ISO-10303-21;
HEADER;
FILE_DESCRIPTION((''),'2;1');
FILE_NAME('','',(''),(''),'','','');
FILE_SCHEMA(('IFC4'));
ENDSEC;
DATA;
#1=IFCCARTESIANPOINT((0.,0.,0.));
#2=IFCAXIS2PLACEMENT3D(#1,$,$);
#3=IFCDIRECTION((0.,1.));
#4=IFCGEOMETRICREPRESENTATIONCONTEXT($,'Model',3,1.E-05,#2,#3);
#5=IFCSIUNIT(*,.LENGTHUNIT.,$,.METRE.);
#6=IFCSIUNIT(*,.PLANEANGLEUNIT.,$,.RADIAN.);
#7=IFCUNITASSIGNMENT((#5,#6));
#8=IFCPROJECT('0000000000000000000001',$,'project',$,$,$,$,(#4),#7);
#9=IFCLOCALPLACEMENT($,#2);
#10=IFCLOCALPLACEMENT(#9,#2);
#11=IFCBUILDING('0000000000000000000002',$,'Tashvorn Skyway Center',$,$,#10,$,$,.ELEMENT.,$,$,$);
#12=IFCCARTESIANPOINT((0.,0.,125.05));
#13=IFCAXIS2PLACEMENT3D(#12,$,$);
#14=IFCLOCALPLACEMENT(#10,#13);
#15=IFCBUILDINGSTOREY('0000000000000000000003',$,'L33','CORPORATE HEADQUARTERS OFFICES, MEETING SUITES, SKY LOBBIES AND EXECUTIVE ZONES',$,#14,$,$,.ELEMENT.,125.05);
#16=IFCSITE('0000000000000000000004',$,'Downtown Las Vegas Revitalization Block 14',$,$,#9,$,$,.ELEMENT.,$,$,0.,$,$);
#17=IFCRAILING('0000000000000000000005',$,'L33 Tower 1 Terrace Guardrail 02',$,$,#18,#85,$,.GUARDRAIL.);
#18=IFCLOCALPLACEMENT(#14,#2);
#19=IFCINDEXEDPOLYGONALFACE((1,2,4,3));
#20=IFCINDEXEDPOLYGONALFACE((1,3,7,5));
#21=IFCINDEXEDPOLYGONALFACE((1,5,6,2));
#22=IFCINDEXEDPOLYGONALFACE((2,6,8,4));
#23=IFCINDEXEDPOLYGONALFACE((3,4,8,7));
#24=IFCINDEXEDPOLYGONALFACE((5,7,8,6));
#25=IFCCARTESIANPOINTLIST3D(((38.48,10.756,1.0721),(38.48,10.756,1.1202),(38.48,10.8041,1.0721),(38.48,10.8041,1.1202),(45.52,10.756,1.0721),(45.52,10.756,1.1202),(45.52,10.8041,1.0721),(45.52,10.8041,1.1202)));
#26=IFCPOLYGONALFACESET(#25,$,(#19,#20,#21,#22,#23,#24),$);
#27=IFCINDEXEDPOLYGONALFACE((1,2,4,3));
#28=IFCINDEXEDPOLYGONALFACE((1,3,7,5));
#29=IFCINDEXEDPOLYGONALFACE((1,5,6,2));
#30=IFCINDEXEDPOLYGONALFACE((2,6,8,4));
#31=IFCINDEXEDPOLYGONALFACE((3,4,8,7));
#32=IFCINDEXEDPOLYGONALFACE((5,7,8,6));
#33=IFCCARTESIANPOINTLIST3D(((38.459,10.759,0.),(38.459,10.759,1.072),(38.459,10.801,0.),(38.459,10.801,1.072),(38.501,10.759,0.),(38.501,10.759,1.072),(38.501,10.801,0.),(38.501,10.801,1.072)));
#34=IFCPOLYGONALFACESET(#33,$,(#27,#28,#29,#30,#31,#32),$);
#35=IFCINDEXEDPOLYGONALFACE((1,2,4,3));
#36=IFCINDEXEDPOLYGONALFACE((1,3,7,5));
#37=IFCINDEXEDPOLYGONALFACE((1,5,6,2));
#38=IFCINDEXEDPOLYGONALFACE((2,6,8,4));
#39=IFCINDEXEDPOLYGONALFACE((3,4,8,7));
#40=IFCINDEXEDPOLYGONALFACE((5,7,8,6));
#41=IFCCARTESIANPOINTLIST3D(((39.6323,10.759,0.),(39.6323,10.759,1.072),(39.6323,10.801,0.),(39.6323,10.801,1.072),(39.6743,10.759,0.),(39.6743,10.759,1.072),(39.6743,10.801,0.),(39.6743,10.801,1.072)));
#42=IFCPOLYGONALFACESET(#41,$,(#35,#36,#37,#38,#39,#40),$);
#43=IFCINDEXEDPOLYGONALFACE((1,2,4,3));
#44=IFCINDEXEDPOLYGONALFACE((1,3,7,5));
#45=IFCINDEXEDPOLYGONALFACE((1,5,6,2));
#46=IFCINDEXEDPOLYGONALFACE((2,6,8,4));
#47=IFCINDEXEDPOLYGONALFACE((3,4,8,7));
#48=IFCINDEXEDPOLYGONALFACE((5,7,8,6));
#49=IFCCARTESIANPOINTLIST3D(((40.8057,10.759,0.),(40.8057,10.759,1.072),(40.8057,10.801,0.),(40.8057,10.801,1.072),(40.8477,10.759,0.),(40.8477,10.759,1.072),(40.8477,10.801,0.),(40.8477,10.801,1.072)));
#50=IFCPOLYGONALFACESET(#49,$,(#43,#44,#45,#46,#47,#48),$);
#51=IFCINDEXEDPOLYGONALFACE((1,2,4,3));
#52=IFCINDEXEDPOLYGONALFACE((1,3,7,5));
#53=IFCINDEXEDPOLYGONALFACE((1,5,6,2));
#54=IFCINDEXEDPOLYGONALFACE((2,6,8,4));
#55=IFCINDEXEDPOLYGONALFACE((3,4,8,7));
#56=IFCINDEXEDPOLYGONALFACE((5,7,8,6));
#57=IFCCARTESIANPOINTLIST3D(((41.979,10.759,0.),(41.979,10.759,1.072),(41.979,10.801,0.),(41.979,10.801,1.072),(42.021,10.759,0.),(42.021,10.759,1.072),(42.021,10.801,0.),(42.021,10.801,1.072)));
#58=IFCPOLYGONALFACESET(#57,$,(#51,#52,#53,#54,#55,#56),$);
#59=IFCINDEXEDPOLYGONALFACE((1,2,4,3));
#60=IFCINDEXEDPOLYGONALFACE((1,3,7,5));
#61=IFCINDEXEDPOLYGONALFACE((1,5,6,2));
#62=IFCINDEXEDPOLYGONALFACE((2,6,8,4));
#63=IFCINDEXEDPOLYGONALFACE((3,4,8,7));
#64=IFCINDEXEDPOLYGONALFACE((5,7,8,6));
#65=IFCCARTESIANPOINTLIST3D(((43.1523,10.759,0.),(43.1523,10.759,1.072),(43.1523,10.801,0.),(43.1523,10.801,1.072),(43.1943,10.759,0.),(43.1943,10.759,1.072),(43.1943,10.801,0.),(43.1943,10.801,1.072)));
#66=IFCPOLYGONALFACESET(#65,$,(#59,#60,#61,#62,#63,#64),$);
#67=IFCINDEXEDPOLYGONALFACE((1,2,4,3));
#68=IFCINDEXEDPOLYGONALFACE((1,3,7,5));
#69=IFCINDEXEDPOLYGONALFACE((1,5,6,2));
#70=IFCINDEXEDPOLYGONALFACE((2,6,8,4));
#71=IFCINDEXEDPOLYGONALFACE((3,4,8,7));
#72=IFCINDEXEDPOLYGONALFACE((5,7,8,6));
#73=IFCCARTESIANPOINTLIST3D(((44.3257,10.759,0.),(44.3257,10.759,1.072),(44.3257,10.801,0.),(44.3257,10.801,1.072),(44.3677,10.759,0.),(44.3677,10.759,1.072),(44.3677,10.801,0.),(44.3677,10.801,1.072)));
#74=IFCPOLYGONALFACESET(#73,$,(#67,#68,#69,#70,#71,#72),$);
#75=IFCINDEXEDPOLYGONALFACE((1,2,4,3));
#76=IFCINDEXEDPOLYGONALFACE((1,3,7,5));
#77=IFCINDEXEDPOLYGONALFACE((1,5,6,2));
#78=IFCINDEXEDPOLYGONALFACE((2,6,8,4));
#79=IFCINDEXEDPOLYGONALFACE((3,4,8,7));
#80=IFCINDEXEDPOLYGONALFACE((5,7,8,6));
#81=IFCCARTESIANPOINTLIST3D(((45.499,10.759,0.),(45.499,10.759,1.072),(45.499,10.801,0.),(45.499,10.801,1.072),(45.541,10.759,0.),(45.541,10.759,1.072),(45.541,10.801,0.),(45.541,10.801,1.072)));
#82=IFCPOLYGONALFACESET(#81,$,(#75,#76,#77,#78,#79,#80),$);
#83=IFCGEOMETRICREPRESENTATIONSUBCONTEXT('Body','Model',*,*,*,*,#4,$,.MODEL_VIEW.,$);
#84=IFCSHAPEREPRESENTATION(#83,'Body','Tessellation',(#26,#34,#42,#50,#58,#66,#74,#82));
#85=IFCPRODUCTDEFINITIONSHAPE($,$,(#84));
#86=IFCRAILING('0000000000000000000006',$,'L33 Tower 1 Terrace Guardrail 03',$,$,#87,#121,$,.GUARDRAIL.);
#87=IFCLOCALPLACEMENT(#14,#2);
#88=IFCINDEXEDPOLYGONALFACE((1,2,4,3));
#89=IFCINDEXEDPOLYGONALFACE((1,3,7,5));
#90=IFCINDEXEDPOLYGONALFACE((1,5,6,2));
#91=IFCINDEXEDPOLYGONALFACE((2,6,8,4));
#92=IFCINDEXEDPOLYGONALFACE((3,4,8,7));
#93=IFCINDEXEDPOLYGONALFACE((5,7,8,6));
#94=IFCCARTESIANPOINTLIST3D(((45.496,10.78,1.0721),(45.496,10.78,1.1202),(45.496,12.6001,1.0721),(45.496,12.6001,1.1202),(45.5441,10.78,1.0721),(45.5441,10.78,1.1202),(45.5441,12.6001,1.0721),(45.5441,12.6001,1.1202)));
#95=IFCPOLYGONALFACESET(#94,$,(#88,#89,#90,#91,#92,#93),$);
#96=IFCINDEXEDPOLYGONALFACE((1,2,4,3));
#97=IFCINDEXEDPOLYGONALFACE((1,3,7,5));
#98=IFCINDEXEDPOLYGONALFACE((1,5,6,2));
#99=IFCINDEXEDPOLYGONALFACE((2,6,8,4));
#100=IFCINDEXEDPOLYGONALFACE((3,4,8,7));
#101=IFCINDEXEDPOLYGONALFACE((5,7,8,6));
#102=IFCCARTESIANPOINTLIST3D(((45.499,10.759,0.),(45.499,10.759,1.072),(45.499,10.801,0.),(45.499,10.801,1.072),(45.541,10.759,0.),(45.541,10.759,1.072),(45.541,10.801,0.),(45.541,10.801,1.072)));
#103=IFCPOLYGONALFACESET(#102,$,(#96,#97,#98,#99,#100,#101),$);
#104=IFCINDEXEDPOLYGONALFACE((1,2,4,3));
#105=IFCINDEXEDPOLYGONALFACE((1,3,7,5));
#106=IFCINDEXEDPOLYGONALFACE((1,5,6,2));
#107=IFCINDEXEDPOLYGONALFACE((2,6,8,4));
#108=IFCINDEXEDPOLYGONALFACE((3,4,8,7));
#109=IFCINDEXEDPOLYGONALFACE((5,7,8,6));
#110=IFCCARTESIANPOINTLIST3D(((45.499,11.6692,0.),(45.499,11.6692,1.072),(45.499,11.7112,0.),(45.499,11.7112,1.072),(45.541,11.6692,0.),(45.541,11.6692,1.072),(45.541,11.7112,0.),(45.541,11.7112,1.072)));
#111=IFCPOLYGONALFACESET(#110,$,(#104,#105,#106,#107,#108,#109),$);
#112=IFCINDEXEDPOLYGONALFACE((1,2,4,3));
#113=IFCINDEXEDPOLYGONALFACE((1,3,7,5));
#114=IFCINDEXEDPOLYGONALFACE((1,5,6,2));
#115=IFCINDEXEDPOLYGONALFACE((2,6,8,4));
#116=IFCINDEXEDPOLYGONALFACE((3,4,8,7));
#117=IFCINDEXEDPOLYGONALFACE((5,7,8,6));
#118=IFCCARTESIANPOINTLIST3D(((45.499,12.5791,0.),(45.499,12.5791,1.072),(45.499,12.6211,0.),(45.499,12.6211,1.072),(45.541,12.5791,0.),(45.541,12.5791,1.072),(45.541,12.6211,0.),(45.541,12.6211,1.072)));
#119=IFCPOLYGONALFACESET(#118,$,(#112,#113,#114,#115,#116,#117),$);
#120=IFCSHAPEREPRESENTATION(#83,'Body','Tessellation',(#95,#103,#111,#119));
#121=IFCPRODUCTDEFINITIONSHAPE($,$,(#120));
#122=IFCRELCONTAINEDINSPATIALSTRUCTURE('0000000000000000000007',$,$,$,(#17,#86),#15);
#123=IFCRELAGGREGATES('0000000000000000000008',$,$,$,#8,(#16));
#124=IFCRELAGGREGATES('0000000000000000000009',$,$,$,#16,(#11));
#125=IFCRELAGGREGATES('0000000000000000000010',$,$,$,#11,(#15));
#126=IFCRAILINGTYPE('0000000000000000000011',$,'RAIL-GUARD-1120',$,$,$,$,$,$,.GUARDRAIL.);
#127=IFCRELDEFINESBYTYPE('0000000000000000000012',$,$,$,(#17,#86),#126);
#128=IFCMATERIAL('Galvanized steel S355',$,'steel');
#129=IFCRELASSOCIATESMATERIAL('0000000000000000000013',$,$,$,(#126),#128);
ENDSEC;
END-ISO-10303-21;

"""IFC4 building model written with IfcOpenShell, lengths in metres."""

from ifc_helpers import new_model, si_unit, direction, frame, origin, origin_2d, place, context, subcontext, project, spatial, rectangle, extrude, material, type_object, element, save


model = new_model("IFC4")

# Units and contexts
model_context = context("Model", 3, precision=1e-05, world=origin(), true_north=direction((0.0, 1.0)))
body_context = subcontext(model_context, "Body", "Model", "MODEL_VIEW")
ifc_project = project(units=[si_unit("LENGTHUNIT", "METRE"), si_unit("PLANEANGLEUNIT", "RADIAN")], contexts=[model_context])

# Site, building, storey
site_placement = place(None, origin())
site = spatial("IfcSite", under=ifc_project, at=site_placement, Name="Downtown Las Vegas Revitalization Block 14", CompositionType="ELEMENT", RefElevation=0.0)
building_placement = place(site_placement, origin())
building = spatial("IfcBuilding", under=site, at=building_placement, Name="Tashvorn Skyway Center", CompositionType="ELEMENT")
storey_placement = place(building_placement, frame((0.0, 0.0, 125.05)))
storey = spatial("IfcBuildingStorey", under=building, at=storey_placement, Name="L33", Description="CORPORATE HEADQUARTERS OFFICES, MEETING SUITES, SKY LOBBIES AND EXECUTIVE ZONES", CompositionType="ELEMENT", Elevation=125.05)

# Railings
ifc_material_1 = material(Name="Galvanized steel S355", Category="steel")
railing_type = type_object("IfcRailingType", Name="RAIL-GUARD-1120", PredefinedType="GUARDRAIL", material=ifc_material_1)
railing_1_placement = place(storey_placement, frame((38.48, 10.78, 0.0)))
element("IfcRailing", 1, at=railing_1_placement, inside=storey, type_object=railing_type, Name="L33 Tower 1 Terrace Guardrail 02", PredefinedType="GUARDRAIL", context=body_context, shape_type="SweptSolid", body=[
    extrude(rectangle(XDim=0.0481, YDim=0.0481, at=origin_2d()), frame((0.0, 0.0, 1.0962), z_axis=(1.0, 0.0, 0.0), x_axis=(0.0, 1.0, 0.0)), (0.0, 0.0, 1.0), 7.04),
    extrude(rectangle(XDim=0.042, YDim=0.042, at=origin_2d()), origin(), (0.0, 0.0, 1.0), 1.072),
    extrude(rectangle(XDim=0.042, YDim=0.042, at=origin_2d()), frame((1.1733, 0.0, 0.0)), (0.0, 0.0, 1.0), 1.072),
    extrude(rectangle(XDim=0.042, YDim=0.042, at=origin_2d()), frame((2.3467, 0.0, 0.0)), (0.0, 0.0, 1.0), 1.072),
    extrude(rectangle(XDim=0.042, YDim=0.042, at=origin_2d()), frame((3.52, 0.0, 0.0)), (0.0, 0.0, 1.0), 1.072),
    extrude(rectangle(XDim=0.042, YDim=0.042, at=origin_2d()), frame((4.6934, 0.0, 0.0)), (0.0, 0.0, 1.0), 1.072),
    extrude(rectangle(XDim=0.042, YDim=0.042, at=origin_2d()), frame((5.8667, 0.0, 0.0)), (0.0, 0.0, 1.0), 1.072),
    extrude(rectangle(XDim=0.042, YDim=0.042, at=origin_2d()), frame((7.04, 0.0, 0.0)), (0.0, 0.0, 1.0), 1.072),
])
railing_2_placement = place(storey_placement, frame((45.52, 10.78, 0.0)))
element("IfcRailing", 2, at=railing_2_placement, inside=storey, type_object=railing_type, Name="L33 Tower 1 Terrace Guardrail 03", PredefinedType="GUARDRAIL", context=body_context, shape_type="SweptSolid", body=[
    extrude(rectangle(XDim=0.0481, YDim=0.0481, at=origin_2d()), frame((0.0, 0.0, 1.0962), z_axis=(0.0, 1.0, 0.0), x_axis=(-1.0, 0.0, 0.0)), (0.0, 0.0, 1.0), 1.8201),
    extrude(rectangle(XDim=0.042, YDim=0.042, at=origin_2d()), origin(), (0.0, 0.0, 1.0), 1.072),
    extrude(rectangle(XDim=0.042, YDim=0.042, at=origin_2d()), frame((0.0, 0.9102, 0.0)), (0.0, 0.0, 1.0), 1.072),
    extrude(rectangle(XDim=0.042, YDim=0.042, at=origin_2d()), frame((0.0, 1.8201, 0.0)), (0.0, 0.0, 1.0), 1.072),
])

save(model, "model.ifc")
